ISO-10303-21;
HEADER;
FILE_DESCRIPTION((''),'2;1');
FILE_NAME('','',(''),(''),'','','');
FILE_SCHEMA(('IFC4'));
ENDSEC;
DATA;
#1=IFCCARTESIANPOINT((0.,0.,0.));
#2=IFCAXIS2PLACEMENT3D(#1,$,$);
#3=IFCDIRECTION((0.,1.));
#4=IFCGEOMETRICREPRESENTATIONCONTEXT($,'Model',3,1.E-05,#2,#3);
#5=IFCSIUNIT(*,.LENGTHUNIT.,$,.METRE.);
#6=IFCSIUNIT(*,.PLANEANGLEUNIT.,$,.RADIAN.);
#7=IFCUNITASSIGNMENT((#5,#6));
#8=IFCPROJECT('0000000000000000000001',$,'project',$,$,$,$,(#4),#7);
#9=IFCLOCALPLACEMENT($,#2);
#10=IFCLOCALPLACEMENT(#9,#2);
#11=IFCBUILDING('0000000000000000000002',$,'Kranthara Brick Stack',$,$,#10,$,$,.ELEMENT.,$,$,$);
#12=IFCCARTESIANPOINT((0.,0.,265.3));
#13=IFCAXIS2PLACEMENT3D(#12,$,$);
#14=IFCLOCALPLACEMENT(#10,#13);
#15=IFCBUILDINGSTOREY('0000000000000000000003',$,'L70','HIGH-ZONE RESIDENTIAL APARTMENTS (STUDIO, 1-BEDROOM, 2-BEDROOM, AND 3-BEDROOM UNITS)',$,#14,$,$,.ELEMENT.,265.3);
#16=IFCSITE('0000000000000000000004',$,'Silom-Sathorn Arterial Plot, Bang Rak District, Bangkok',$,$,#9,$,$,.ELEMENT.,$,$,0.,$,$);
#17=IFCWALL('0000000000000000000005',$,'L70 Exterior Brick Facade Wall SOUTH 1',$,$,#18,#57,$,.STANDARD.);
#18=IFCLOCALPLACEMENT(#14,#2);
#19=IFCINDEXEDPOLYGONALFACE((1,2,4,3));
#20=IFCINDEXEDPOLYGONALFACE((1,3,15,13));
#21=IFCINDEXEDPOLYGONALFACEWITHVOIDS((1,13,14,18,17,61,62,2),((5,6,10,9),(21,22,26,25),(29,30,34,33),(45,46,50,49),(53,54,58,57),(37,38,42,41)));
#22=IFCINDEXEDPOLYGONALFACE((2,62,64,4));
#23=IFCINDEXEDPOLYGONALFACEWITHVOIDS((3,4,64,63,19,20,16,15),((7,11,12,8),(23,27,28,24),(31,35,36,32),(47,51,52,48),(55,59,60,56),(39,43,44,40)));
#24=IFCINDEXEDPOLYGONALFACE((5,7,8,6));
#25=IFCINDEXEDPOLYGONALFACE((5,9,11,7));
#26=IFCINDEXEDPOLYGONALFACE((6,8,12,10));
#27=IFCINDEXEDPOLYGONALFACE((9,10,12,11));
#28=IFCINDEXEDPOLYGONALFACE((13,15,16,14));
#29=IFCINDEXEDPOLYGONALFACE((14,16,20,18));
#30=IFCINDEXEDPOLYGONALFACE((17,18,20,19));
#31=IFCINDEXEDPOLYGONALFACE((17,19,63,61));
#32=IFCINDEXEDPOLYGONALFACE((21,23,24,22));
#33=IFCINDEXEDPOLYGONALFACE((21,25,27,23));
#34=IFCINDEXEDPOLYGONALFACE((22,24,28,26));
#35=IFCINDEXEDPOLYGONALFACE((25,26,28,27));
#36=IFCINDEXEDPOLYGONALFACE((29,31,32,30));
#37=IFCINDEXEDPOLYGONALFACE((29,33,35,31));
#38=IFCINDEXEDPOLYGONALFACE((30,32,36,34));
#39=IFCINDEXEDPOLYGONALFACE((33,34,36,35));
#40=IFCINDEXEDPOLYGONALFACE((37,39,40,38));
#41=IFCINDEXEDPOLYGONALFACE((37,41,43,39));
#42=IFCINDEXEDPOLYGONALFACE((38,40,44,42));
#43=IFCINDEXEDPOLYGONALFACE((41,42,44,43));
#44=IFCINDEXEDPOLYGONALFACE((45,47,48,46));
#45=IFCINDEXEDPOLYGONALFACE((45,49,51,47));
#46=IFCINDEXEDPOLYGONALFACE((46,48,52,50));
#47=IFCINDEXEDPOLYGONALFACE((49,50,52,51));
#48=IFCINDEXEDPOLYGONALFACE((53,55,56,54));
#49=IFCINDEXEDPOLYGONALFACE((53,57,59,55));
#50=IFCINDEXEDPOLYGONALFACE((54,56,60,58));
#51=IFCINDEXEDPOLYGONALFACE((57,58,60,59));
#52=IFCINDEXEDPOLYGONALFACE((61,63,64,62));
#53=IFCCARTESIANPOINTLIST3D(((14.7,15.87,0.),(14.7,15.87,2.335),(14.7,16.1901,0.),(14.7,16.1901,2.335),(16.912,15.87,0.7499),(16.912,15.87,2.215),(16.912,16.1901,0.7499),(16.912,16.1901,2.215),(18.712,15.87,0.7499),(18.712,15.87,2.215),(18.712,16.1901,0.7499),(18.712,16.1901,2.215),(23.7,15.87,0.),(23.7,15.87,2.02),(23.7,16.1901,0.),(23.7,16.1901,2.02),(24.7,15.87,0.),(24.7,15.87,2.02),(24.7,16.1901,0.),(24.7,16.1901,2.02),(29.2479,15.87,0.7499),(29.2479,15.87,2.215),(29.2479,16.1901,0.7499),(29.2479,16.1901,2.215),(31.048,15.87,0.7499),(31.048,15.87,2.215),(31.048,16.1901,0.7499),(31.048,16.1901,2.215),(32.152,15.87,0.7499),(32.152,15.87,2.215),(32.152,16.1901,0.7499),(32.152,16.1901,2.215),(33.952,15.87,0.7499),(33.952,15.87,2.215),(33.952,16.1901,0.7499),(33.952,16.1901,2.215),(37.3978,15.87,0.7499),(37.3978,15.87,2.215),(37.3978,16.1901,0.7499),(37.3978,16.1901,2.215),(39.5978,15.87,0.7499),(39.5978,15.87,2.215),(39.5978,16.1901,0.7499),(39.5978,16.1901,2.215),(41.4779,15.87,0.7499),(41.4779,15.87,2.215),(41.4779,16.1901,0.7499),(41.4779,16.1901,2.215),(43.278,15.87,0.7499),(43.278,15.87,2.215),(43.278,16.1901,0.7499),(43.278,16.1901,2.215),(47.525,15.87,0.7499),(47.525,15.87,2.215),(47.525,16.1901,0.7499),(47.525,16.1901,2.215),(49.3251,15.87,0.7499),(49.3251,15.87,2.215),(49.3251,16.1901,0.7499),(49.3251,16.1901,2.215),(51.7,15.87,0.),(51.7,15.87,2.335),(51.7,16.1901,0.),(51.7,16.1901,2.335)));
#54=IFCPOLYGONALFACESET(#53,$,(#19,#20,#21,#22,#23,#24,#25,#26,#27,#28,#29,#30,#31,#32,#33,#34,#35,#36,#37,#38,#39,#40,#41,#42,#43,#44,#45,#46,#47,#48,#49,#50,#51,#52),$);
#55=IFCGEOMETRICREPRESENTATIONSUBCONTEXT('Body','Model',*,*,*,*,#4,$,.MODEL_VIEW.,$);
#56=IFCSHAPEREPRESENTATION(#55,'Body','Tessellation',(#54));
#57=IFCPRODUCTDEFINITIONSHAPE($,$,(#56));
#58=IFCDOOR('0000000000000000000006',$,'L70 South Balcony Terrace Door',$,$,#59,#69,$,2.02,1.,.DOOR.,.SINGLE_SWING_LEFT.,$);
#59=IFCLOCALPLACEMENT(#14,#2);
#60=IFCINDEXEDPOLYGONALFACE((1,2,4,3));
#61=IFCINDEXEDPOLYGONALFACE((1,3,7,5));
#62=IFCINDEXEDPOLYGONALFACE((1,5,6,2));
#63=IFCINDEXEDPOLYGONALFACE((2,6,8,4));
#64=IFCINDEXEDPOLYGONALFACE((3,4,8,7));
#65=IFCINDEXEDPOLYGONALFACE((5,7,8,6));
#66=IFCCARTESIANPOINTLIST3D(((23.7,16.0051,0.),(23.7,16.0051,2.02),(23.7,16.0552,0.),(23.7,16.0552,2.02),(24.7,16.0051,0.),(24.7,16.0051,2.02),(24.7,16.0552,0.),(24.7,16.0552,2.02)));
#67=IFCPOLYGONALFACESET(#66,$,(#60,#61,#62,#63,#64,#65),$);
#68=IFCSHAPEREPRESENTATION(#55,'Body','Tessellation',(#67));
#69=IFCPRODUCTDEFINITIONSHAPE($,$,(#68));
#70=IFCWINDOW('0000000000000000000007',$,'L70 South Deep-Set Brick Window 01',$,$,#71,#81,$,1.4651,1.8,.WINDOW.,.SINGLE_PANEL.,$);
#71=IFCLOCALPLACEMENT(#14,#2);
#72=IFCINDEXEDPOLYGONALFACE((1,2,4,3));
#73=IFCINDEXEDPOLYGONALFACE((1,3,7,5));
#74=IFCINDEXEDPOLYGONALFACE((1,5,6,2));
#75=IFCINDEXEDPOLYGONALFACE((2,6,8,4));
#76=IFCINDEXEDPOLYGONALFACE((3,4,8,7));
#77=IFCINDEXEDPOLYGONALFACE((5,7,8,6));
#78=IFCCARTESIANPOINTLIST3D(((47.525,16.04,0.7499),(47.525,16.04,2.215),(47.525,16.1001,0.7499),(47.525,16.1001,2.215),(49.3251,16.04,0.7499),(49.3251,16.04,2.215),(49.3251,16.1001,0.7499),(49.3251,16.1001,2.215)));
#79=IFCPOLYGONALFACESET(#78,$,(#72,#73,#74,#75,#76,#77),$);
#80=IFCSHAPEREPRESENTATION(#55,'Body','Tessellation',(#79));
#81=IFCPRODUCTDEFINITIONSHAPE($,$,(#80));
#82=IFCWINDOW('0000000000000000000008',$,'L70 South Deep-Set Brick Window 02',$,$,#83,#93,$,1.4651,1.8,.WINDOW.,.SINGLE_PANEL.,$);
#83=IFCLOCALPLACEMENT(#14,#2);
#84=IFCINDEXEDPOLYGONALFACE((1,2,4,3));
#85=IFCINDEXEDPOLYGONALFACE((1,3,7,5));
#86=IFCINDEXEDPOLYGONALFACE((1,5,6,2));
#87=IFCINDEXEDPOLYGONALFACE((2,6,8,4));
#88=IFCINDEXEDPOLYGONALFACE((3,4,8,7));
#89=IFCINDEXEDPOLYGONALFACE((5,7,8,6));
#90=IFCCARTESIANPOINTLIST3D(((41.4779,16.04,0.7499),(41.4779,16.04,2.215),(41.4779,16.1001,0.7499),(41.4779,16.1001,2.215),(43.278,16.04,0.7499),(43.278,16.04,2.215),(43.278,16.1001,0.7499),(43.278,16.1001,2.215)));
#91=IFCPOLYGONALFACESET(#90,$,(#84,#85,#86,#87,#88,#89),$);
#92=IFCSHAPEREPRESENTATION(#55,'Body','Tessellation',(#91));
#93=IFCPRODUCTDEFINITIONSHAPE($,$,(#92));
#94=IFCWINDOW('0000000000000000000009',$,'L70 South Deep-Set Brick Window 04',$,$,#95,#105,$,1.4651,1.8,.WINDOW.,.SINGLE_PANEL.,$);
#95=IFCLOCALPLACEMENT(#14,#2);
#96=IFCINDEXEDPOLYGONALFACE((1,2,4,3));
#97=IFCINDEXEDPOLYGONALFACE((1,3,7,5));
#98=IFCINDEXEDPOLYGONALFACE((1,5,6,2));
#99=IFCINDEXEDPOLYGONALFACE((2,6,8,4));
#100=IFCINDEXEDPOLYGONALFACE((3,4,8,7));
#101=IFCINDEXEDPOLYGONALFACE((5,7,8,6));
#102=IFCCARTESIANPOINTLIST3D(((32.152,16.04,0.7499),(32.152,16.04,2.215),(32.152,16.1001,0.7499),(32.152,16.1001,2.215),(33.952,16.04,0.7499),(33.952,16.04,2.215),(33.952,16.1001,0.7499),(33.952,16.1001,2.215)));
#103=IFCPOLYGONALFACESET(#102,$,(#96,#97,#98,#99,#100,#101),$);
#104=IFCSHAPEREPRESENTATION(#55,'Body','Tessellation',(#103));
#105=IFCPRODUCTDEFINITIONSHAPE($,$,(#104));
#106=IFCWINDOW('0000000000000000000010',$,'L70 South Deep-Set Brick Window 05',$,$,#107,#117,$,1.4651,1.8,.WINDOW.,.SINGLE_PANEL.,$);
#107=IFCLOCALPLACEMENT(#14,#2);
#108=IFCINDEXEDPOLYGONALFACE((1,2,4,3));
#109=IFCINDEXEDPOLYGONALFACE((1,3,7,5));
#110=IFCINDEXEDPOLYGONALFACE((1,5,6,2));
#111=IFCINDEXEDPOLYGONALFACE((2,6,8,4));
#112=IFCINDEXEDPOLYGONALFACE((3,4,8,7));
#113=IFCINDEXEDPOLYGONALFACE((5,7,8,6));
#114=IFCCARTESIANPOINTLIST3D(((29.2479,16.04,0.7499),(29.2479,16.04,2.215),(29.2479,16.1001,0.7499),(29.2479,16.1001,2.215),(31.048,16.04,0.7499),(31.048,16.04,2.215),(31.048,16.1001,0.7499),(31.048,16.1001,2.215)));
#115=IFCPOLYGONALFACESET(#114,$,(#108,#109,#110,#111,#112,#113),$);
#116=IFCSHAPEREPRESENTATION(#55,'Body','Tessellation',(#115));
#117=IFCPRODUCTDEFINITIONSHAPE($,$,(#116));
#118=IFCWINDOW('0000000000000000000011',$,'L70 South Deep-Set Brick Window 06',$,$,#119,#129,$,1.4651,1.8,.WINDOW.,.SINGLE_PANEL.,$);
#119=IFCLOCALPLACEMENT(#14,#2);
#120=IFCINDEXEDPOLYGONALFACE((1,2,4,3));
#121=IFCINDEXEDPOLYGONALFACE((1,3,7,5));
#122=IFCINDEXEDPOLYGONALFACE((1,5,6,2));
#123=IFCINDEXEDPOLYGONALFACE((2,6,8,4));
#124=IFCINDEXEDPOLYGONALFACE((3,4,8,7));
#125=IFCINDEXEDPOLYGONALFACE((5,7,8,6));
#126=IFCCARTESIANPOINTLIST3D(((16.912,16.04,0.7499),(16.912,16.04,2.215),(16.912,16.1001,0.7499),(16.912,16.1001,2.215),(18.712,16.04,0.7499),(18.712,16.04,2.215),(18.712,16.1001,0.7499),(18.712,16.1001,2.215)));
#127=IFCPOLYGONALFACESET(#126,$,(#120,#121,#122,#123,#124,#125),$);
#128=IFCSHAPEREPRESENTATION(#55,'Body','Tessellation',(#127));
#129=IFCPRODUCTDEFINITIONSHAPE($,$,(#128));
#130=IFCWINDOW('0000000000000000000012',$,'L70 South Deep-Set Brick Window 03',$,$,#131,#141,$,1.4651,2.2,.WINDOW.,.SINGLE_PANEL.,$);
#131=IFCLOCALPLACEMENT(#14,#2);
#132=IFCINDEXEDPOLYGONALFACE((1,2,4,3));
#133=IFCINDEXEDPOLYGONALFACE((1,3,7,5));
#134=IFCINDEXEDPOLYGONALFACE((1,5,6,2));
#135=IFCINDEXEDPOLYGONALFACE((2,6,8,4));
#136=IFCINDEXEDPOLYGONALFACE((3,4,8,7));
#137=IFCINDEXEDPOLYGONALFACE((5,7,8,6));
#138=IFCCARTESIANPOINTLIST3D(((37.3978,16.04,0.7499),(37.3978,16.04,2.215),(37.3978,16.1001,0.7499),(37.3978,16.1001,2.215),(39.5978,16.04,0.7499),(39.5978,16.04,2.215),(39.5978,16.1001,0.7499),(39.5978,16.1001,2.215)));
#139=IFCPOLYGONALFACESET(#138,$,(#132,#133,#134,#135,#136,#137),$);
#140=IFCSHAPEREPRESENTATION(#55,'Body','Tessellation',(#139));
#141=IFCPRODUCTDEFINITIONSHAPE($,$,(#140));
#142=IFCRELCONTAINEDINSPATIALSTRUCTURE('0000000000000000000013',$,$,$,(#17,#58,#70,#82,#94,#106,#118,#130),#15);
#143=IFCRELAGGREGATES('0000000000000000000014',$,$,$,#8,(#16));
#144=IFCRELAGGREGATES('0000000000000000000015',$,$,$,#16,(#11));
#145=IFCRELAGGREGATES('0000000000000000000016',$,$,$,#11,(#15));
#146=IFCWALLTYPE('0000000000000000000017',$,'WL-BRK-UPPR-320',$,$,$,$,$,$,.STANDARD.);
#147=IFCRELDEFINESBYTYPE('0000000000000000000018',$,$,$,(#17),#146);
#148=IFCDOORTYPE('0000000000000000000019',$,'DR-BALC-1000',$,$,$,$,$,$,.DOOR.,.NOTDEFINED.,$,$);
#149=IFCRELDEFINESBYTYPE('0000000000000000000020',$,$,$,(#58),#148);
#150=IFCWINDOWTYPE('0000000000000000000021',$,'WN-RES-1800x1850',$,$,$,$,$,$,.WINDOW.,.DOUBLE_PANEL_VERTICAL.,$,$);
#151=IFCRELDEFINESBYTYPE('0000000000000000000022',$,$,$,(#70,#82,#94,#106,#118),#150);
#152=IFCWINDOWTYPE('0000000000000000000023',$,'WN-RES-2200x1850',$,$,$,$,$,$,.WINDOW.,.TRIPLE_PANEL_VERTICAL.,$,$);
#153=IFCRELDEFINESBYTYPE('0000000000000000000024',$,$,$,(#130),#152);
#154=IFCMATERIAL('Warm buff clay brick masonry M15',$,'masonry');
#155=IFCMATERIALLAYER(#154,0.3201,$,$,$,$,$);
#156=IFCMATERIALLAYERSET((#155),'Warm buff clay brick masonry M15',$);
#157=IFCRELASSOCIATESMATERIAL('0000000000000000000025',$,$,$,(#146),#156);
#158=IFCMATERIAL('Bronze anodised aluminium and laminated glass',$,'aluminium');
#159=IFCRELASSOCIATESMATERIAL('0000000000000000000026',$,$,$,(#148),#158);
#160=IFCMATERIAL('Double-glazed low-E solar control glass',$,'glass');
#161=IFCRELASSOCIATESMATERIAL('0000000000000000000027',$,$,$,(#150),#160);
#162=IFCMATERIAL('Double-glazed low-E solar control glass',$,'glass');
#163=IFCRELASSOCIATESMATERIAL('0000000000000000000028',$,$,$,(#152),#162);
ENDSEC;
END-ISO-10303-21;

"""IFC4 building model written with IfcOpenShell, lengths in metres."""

from ifc_helpers import new_model, si_unit, direction, frame, frame_2d, origin, place, context, subcontext, project, spatial, rectangle, extrude, material, layer, layer_set, type_object, element, fill, save


model = new_model("IFC4")

# Units and contexts
model_context = context("Model", 3, precision=1e-05, world=origin(), true_north=direction((0.0, 1.0)))
body_context = subcontext(model_context, "Body", "Model", "MODEL_VIEW")
ifc_project = project(units=[si_unit("LENGTHUNIT", "METRE"), si_unit("PLANEANGLEUNIT", "RADIAN")], contexts=[model_context])

# Site, building, storey
site_placement = place(None, origin())
site = spatial("IfcSite", under=ifc_project, at=site_placement, Name="Silom-Sathorn Arterial Plot, Bang Rak District, Bangkok", CompositionType="ELEMENT", RefElevation=0.0)
building_placement = place(site_placement, origin())
building = spatial("IfcBuilding", under=site, at=building_placement, Name="Kranthara Brick Stack", CompositionType="ELEMENT")
storey_placement = place(building_placement, frame((0.0, 0.0, 265.3)))
storey = spatial("IfcBuildingStorey", under=building, at=storey_placement, Name="L70", Description="HIGH-ZONE RESIDENTIAL APARTMENTS (STUDIO, 1-BEDROOM, 2-BEDROOM, AND 3-BEDROOM UNITS)", CompositionType="ELEMENT", Elevation=265.3)

# Wall, openings, door, windows
ifc_material_1 = material(Name="Warm buff clay brick masonry M15", Category="masonry")
ifc_layer_1 = layer(ifc_material_1, 0.3201)
ifc_layer_set_1 = layer_set([ifc_layer_1], Name="Warm buff clay brick masonry M15")
wall_type_1 = type_object("IfcWallType", Name="WL-BRK-UPPR-320", PredefinedType="STANDARD", material=ifc_layer_set_1)
wall_1_placement = place(storey_placement, frame((51.7, 16.03, 0.0), z_axis=(0.0, 0.0, 1.0), x_axis=(-1.0, 0.0, 0.0)))
wall_1 = element("IfcWall", 1, at=wall_1_placement, inside=storey, type_object=wall_type_1, Name="L70 Exterior Brick Facade Wall SOUTH 1", PredefinedType="STANDARD", context=body_context, shape_type="SweptSolid", body=[
    extrude(rectangle(XDim=37.0, YDim=0.3201, at=frame_2d((18.5, 0.0))), origin(), (0.0, 0.0, 1.0), 2.335),
])
opening_1_placement = place(wall_1_placement, frame((27.0, 0.0, 0.0)))
opening_1 = element("IfcOpeningElement", 2, at=opening_1_placement, cuts=wall_1, PredefinedType="OPENING", context=body_context, shape_type="SweptSolid", body=[
    extrude(rectangle(XDim=1.0, YDim=2.02, at=frame_2d((0.5, 1.01))), frame((0.0, 0.1699, 0.0), z_axis=(0.0, -1.0, 0.0), x_axis=(1.0, 0.0, 0.0)), (0.0, 0.0, 1.0), 0.3401),
])
opening_2_placement = place(wall_1_placement, frame((2.375, 0.0, 0.75)))
opening_2 = element("IfcOpeningElement", 3, at=opening_2_placement, cuts=wall_1, PredefinedType="OPENING", context=body_context, shape_type="SweptSolid", body=[
    extrude(rectangle(XDim=1.8, YDim=1.4651, at=frame_2d((0.8999, 0.7324))), frame((0.0, 0.1699, 0.0), z_axis=(0.0, -1.0, 0.0), x_axis=(1.0, 0.0, 0.0)), (0.0, 0.0, 1.0), 0.3401),
])
opening_3_placement = place(wall_1_placement, frame((8.4221, 0.0, 0.75)))
opening_3 = element("IfcOpeningElement", 4, at=opening_3_placement, cuts=wall_1, PredefinedType="OPENING", context=body_context, shape_type="SweptSolid", body=[
    extrude(rectangle(XDim=1.8, YDim=1.4651, at=frame_2d((0.8999, 0.7324))), frame((0.0, 0.1699, 0.0), z_axis=(0.0, -1.0, 0.0), x_axis=(1.0, 0.0, 0.0)), (0.0, 0.0, 1.0), 0.3401),
])
opening_4_placement = place(wall_1_placement, frame((12.1021, 0.0, 0.75)))
opening_4 = element("IfcOpeningElement", 5, at=opening_4_placement, cuts=wall_1, PredefinedType="OPENING", context=body_context, shape_type="SweptSolid", body=[
    extrude(rectangle(XDim=2.2, YDim=1.4651, at=frame_2d((1.1001, 0.7324))), frame((0.0, 0.1699, 0.0), z_axis=(0.0, -1.0, 0.0), x_axis=(1.0, 0.0, 0.0)), (0.0, 0.0, 1.0), 0.3401),
])
opening_5_placement = place(wall_1_placement, frame((17.748, 0.0, 0.75)))
opening_5 = element("IfcOpeningElement", 6, at=opening_5_placement, cuts=wall_1, PredefinedType="OPENING", context=body_context, shape_type="SweptSolid", body=[
    extrude(rectangle(XDim=1.8, YDim=1.4651, at=frame_2d((0.8999, 0.7324))), frame((0.0, 0.1699, 0.0), z_axis=(0.0, -1.0, 0.0), x_axis=(1.0, 0.0, 0.0)), (0.0, 0.0, 1.0), 0.3401),
])
opening_6_placement = place(wall_1_placement, frame((20.6521, 0.0, 0.75)))
opening_6 = element("IfcOpeningElement", 7, at=opening_6_placement, cuts=wall_1, PredefinedType="OPENING", context=body_context, shape_type="SweptSolid", body=[
    extrude(rectangle(XDim=1.8, YDim=1.4651, at=frame_2d((0.8999, 0.7324))), frame((0.0, 0.1699, 0.0), z_axis=(0.0, -1.0, 0.0), x_axis=(1.0, 0.0, 0.0)), (0.0, 0.0, 1.0), 0.3401),
])
opening_7_placement = place(wall_1_placement, frame((32.988, 0.0, 0.75)))
opening_7 = element("IfcOpeningElement", 8, at=opening_7_placement, cuts=wall_1, PredefinedType="OPENING", context=body_context, shape_type="SweptSolid", body=[
    extrude(rectangle(XDim=1.8, YDim=1.4651, at=frame_2d((0.8999, 0.7324))), frame((0.0, 0.1699, 0.0), z_axis=(0.0, -1.0, 0.0), x_axis=(1.0, 0.0, 0.0)), (0.0, 0.0, 1.0), 0.3401),
])
ifc_material_2 = material(Name="Bronze anodised aluminium and laminated glass", Category="aluminium")
door_type_1 = type_object("IfcDoorType", Name="DR-BALC-1000", OperationType="NOTDEFINED", PredefinedType="DOOR", material=ifc_material_2)
door_1_placement = place(opening_1_placement, origin())
door_1 = element("IfcDoor", 9, at=door_1_placement, inside=storey, type_object=door_type_1, Name="L70 South Balcony Terrace Door", OperationType="SINGLE_SWING_LEFT", OverallHeight=2.02, OverallWidth=1.0, PredefinedType="DOOR", context=body_context, shape_type="SweptSolid", body=[
    extrude(rectangle(XDim=1.0, YDim=2.02, at=frame_2d((0.5, 1.01))), frame((0.0, 0.0249, 0.0), z_axis=(0.0, -1.0, 0.0), x_axis=(1.0, 0.0, 0.0)), (0.0, 0.0, 1.0), 0.05),
])
fill(opening_1, door_1)
ifc_material_3 = material(Name="Double-glazed low-E solar control glass", Category="glass")
window_type_1 = type_object("IfcWindowType", Name="WN-RES-1800x1850", PartitioningType="DOUBLE_PANEL_VERTICAL", PredefinedType="WINDOW", material=ifc_material_3)
window_1_placement = place(opening_2_placement, origin())
window_1 = element("IfcWindow", 10, at=window_1_placement, inside=storey, type_object=window_type_1, Name="L70 South Deep-Set Brick Window 01", OverallHeight=1.4651, OverallWidth=1.8, PartitioningType="SINGLE_PANEL", PredefinedType="WINDOW", context=body_context, shape_type="SweptSolid", body=[
    extrude(rectangle(XDim=1.8, YDim=1.4651, at=frame_2d((0.8999, 0.7324))), frame((0.0, -0.01, 0.0), z_axis=(0.0, -1.0, 0.0), x_axis=(1.0, 0.0, 0.0)), (0.0, 0.0, 1.0), 0.0601),
])
fill(opening_2, window_1)
window_2_placement = place(opening_3_placement, origin())
window_2 = element("IfcWindow", 11, at=window_2_placement, inside=storey, type_object=window_type_1, Name="L70 South Deep-Set Brick Window 02", OverallHeight=1.4651, OverallWidth=1.8, PartitioningType="SINGLE_PANEL", PredefinedType="WINDOW", context=body_context, shape_type="SweptSolid", body=[
    extrude(rectangle(XDim=1.8, YDim=1.4651, at=frame_2d((0.8999, 0.7324))), frame((0.0, -0.01, 0.0), z_axis=(0.0, -1.0, 0.0), x_axis=(1.0, 0.0, 0.0)), (0.0, 0.0, 1.0), 0.0601),
])
fill(opening_3, window_2)
window_3_placement = place(opening_5_placement, origin())
window_3 = element("IfcWindow", 12, at=window_3_placement, inside=storey, type_object=window_type_1, Name="L70 South Deep-Set Brick Window 04", OverallHeight=1.4651, OverallWidth=1.8, PartitioningType="SINGLE_PANEL", PredefinedType="WINDOW", context=body_context, shape_type="SweptSolid", body=[
    extrude(rectangle(XDim=1.8, YDim=1.4651, at=frame_2d((0.8999, 0.7324))), frame((0.0, -0.01, 0.0), z_axis=(0.0, -1.0, 0.0), x_axis=(1.0, 0.0, 0.0)), (0.0, 0.0, 1.0), 0.0601),
])
fill(opening_5, window_3)
window_4_placement = place(opening_6_placement, origin())
window_4 = element("IfcWindow", 13, at=window_4_placement, inside=storey, type_object=window_type_1, Name="L70 South Deep-Set Brick Window 05", OverallHeight=1.4651, OverallWidth=1.8, PartitioningType="SINGLE_PANEL", PredefinedType="WINDOW", context=body_context, shape_type="SweptSolid", body=[
    extrude(rectangle(XDim=1.8, YDim=1.4651, at=frame_2d((0.8999, 0.7324))), frame((0.0, -0.01, 0.0), z_axis=(0.0, -1.0, 0.0), x_axis=(1.0, 0.0, 0.0)), (0.0, 0.0, 1.0), 0.0601),
])
fill(opening_6, window_4)
window_5_placement = place(opening_7_placement, origin())
window_5 = element("IfcWindow", 14, at=window_5_placement, inside=storey, type_object=window_type_1, Name="L70 South Deep-Set Brick Window 06", OverallHeight=1.4651, OverallWidth=1.8, PartitioningType="SINGLE_PANEL", PredefinedType="WINDOW", context=body_context, shape_type="SweptSolid", body=[
    extrude(rectangle(XDim=1.8, YDim=1.4651, at=frame_2d((0.8999, 0.7324))), frame((0.0, -0.01, 0.0), z_axis=(0.0, -1.0, 0.0), x_axis=(1.0, 0.0, 0.0)), (0.0, 0.0, 1.0), 0.0601),
])
fill(opening_7, window_5)
ifc_material_4 = material(Name="Double-glazed low-E solar control glass", Category="glass")
window_type_2 = type_object("IfcWindowType", Name="WN-RES-2200x1850", PartitioningType="TRIPLE_PANEL_VERTICAL", PredefinedType="WINDOW", material=ifc_material_4)
window_6_placement = place(opening_4_placement, origin())
window_6 = element("IfcWindow", 15, at=window_6_placement, inside=storey, type_object=window_type_2, Name="L70 South Deep-Set Brick Window 03", OverallHeight=1.4651, OverallWidth=2.2, PartitioningType="SINGLE_PANEL", PredefinedType="WINDOW", context=body_context, shape_type="SweptSolid", body=[
    extrude(rectangle(XDim=2.2, YDim=1.4651, at=frame_2d((1.1001, 0.7324))), frame((0.0, -0.01, 0.0), z_axis=(0.0, -1.0, 0.0), x_axis=(1.0, 0.0, 0.0)), (0.0, 0.0, 1.0), 0.0601),
])
fill(opening_4, window_6)

save(model, "model.ifc")
